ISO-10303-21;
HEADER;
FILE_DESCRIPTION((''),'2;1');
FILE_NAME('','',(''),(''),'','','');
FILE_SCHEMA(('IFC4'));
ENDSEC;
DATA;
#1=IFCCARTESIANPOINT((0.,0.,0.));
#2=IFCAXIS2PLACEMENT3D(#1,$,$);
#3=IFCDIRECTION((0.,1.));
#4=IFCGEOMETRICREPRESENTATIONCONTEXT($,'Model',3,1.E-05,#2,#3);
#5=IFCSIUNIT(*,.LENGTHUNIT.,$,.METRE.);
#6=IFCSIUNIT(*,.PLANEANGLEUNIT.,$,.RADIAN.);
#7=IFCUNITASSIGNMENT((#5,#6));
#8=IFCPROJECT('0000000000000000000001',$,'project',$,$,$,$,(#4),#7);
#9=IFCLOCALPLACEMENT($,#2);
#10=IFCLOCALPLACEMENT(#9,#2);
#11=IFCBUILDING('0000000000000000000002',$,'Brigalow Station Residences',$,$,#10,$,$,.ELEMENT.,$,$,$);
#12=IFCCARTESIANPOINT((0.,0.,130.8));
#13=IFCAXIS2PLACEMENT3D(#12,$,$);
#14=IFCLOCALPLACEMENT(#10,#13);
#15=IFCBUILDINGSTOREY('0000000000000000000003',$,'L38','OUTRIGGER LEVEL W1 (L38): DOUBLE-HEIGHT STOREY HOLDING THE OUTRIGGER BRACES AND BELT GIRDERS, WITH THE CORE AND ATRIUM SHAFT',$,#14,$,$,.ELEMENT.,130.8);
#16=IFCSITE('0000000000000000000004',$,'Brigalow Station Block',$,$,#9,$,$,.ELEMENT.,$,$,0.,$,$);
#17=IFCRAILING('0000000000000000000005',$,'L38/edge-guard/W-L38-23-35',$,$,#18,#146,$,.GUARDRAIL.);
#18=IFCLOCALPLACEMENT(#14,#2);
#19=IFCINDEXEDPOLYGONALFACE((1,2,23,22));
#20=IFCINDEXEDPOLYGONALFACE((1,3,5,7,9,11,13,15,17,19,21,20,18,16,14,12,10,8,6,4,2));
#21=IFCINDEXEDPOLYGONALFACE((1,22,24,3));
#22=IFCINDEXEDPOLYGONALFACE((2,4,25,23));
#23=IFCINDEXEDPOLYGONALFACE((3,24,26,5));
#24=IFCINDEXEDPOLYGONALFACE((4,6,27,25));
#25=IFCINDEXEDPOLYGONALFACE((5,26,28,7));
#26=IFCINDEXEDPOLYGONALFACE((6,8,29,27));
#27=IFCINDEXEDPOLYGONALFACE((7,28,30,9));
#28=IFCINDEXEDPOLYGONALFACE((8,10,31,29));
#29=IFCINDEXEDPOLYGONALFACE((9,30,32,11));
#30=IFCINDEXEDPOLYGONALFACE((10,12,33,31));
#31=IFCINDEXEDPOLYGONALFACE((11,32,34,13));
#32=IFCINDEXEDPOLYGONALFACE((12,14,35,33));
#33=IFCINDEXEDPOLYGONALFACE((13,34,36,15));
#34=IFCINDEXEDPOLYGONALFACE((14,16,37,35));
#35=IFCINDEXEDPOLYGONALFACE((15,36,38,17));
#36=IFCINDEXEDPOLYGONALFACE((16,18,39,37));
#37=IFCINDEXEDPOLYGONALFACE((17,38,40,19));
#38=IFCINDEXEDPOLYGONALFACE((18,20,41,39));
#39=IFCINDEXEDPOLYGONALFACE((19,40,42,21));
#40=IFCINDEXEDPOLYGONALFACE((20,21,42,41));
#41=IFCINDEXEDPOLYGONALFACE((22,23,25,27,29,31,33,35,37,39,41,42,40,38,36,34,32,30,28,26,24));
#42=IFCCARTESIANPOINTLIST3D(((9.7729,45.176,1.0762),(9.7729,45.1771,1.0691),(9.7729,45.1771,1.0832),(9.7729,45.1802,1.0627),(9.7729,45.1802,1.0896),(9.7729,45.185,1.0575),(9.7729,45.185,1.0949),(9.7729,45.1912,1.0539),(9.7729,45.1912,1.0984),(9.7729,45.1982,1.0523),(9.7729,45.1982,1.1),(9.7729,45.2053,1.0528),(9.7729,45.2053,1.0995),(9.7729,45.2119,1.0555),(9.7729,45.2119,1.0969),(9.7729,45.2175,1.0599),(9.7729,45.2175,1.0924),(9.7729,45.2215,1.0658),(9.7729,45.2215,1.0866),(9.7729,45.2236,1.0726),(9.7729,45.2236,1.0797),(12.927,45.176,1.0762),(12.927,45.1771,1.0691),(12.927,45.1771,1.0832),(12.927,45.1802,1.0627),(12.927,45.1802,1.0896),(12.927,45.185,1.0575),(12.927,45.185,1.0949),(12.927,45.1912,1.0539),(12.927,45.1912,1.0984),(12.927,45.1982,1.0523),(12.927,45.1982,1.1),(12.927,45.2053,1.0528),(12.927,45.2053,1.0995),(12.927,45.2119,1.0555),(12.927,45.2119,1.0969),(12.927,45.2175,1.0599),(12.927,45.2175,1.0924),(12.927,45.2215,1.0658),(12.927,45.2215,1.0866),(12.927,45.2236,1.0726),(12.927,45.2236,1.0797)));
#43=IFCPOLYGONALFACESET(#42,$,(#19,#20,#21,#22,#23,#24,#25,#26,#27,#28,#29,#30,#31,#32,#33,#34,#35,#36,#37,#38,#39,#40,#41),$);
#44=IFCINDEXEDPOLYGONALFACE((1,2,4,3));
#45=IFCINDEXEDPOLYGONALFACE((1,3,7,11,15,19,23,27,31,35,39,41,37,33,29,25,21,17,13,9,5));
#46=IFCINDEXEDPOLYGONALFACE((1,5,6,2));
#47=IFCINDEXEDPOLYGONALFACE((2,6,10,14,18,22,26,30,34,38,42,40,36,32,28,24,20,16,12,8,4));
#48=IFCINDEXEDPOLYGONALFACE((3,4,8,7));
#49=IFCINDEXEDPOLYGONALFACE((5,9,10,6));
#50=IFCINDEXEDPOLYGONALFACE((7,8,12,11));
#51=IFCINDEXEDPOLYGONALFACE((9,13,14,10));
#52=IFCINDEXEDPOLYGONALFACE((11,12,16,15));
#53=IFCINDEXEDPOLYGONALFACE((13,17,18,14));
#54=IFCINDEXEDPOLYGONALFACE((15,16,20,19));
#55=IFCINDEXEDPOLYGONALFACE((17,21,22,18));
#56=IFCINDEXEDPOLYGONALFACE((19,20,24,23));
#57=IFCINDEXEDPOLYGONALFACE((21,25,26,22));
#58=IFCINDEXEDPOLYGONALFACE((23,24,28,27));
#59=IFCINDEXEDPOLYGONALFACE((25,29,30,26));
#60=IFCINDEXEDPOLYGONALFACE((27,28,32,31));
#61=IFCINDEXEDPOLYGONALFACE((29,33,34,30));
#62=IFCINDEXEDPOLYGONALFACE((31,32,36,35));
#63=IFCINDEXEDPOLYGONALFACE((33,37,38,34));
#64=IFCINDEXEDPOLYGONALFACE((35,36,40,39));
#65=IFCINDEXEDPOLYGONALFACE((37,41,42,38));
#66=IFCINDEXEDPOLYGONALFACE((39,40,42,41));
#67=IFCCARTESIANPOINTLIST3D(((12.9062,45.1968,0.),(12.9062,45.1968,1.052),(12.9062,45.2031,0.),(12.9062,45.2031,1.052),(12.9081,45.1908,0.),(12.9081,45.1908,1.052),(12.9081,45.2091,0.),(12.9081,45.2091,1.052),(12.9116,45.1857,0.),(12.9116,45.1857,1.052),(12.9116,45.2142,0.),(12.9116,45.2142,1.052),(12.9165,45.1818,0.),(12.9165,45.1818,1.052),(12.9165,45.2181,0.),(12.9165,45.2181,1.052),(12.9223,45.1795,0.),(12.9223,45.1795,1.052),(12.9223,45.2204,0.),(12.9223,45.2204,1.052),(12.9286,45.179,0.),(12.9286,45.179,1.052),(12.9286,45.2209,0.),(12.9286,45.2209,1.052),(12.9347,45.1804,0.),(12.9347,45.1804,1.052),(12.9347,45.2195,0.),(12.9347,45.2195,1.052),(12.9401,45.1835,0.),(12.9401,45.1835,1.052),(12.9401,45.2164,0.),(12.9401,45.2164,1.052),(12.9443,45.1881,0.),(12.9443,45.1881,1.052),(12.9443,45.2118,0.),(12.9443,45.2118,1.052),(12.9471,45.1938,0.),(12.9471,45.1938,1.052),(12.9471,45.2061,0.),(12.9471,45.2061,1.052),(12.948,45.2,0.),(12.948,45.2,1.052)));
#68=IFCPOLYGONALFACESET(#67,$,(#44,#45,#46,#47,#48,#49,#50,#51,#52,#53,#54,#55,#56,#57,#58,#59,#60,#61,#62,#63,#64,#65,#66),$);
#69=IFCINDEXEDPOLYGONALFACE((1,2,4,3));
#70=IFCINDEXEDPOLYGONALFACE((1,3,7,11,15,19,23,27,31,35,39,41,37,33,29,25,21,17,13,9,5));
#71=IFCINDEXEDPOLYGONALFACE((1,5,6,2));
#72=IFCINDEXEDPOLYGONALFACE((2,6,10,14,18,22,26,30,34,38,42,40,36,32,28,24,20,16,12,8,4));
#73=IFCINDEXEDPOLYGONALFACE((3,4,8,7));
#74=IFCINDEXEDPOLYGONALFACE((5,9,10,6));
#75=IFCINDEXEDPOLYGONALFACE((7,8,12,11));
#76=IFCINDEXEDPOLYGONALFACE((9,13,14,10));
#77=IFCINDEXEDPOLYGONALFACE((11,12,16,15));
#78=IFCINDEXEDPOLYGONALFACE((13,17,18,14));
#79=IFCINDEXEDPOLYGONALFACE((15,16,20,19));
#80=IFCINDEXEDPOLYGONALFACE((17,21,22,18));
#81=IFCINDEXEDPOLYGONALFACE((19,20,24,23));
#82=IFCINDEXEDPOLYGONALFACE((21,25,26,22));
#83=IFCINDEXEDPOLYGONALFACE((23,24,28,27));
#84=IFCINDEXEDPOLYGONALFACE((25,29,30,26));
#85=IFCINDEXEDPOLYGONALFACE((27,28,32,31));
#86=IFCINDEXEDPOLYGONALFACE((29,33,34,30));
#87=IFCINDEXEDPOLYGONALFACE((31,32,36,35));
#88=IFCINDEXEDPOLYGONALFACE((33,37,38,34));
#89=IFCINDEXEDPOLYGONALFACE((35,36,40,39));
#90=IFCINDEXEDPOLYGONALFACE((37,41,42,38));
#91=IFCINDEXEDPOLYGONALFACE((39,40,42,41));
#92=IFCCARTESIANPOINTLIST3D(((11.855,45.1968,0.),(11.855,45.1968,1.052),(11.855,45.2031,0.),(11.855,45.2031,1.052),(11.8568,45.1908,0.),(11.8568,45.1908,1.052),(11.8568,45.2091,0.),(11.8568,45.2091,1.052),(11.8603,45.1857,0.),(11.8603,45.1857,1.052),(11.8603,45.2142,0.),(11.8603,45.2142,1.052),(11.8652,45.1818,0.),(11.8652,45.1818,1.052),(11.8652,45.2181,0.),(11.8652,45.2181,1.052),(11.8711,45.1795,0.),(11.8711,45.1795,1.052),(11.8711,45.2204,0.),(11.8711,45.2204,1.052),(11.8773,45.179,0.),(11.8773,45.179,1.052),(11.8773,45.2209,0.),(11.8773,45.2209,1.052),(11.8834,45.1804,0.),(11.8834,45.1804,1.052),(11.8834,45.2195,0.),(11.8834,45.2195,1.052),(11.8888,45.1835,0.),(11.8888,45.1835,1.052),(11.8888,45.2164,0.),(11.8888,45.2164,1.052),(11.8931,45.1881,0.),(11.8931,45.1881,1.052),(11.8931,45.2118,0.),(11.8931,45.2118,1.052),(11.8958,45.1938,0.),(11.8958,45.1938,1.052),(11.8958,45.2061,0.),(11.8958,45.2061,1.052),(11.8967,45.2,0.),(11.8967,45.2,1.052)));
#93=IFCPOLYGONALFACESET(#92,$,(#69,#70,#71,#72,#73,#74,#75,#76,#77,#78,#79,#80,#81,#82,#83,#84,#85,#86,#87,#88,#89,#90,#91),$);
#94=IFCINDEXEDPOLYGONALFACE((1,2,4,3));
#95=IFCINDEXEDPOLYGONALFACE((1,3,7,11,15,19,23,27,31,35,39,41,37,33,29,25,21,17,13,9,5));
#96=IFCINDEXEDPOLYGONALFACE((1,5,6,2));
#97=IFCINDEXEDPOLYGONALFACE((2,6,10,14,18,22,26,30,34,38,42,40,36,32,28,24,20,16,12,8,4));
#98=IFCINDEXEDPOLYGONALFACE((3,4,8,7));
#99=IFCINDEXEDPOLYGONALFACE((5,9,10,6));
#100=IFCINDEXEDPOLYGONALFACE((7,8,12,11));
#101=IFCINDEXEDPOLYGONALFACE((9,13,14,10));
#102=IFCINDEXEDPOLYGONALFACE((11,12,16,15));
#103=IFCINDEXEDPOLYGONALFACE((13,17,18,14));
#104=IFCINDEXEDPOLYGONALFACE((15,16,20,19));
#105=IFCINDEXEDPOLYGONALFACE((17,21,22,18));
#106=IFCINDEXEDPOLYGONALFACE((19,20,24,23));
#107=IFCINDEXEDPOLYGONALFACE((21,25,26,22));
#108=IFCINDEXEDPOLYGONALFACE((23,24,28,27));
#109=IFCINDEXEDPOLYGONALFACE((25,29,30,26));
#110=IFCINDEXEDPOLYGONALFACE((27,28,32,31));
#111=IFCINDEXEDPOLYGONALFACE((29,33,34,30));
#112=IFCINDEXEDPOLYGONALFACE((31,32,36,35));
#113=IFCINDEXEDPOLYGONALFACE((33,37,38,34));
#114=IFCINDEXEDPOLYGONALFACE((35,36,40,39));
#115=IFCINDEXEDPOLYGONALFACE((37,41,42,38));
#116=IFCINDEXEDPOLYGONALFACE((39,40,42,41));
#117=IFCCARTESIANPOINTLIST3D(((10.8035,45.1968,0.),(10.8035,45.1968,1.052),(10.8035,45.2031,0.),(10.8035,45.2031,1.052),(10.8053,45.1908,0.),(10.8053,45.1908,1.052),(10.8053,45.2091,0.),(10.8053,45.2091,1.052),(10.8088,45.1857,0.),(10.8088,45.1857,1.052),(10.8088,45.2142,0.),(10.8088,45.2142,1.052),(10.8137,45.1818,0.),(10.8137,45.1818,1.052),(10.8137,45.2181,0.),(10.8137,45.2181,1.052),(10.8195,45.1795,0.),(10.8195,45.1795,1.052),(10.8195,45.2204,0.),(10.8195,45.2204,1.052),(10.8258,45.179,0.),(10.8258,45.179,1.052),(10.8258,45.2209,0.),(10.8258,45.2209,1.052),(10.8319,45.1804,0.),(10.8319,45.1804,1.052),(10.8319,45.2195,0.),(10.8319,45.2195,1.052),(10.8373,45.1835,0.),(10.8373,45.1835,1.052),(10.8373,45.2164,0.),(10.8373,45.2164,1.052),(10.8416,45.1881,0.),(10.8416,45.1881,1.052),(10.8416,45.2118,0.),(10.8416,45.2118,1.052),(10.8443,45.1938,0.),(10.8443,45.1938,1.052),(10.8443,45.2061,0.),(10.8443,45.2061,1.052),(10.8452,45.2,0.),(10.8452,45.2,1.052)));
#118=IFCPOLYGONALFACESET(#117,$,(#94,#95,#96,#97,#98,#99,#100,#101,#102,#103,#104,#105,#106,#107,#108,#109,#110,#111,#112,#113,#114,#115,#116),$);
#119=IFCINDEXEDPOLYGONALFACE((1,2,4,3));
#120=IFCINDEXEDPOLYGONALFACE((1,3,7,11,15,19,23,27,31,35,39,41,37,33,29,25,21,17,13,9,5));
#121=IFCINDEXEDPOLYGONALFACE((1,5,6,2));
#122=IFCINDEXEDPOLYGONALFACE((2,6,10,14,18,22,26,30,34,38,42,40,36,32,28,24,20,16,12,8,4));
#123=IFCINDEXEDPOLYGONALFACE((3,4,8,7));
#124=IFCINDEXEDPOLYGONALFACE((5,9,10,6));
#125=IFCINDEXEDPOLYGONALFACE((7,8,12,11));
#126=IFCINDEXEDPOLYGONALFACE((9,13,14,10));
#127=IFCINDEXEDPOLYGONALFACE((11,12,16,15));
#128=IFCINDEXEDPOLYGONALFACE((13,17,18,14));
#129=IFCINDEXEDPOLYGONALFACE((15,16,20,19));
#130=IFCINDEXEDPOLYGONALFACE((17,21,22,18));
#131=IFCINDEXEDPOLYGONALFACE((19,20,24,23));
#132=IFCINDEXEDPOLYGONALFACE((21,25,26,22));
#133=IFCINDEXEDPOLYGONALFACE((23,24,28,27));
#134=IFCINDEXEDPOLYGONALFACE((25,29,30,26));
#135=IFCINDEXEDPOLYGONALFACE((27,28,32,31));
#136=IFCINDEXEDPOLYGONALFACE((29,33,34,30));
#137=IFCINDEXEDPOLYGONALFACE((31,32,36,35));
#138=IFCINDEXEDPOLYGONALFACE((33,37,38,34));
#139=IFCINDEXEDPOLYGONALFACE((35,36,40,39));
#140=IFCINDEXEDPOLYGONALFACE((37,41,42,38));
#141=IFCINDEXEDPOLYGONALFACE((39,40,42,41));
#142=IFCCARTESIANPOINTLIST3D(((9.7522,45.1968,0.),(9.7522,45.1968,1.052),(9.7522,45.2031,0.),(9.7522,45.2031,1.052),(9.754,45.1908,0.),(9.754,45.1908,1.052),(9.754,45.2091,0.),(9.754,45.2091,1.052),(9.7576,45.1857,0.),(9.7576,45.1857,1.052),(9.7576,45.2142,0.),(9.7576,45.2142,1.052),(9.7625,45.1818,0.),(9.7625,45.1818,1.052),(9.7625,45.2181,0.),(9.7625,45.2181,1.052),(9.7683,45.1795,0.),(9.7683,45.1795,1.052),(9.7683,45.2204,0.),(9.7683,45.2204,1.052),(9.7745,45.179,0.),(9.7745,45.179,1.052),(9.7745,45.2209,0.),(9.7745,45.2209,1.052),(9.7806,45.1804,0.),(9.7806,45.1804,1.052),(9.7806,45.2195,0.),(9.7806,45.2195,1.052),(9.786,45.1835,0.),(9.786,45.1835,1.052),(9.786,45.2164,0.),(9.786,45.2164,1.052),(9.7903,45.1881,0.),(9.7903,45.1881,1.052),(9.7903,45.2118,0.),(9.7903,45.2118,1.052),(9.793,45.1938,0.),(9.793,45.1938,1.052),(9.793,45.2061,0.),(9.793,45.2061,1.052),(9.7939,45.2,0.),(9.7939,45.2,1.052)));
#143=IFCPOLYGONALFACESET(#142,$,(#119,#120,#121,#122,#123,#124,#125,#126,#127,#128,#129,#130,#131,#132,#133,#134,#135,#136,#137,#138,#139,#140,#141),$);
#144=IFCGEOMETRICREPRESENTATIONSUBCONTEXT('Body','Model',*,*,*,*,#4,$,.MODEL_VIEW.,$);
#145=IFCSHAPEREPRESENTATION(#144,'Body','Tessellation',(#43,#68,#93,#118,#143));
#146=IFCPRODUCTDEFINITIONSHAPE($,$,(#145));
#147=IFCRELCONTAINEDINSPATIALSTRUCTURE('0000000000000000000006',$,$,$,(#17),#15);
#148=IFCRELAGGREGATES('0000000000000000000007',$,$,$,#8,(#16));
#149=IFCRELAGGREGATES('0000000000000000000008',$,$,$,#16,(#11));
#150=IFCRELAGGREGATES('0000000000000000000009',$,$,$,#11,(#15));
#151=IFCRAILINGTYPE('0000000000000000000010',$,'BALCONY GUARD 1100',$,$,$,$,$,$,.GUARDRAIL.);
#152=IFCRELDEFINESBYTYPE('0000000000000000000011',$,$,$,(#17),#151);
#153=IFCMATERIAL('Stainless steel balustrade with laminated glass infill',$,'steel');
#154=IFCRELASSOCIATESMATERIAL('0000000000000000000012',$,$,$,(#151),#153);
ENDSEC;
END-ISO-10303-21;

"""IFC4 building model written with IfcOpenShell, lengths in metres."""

from ifc_helpers import new_model, si_unit, direction, frame, origin, origin_2d, place, context, subcontext, project, spatial, circle, extrude, material, type_object, element, save


model = new_model("IFC4")

# Units and contexts
model_context = context("Model", 3, precision=1e-05, world=origin(), true_north=direction((0.0, 1.0)))
body_context = subcontext(model_context, "Body", "Model", "MODEL_VIEW")
ifc_project = project(units=[si_unit("LENGTHUNIT", "METRE"), si_unit("PLANEANGLEUNIT", "RADIAN")], contexts=[model_context])

# Site, building, storey
site_placement = place(None, origin())
site = spatial("IfcSite", under=ifc_project, at=site_placement, Name="Brigalow Station Block", CompositionType="ELEMENT", RefElevation=0.0)
building_placement = place(site_placement, origin())
building = spatial("IfcBuilding", under=site, at=building_placement, Name="Brigalow Station Residences", CompositionType="ELEMENT")
storey_placement = place(building_placement, frame((0.0, 0.0, 130.8)))
storey = spatial("IfcBuildingStorey", under=building, at=storey_placement, Name="L38", Description="OUTRIGGER LEVEL W1 (L38): DOUBLE-HEIGHT STOREY HOLDING THE OUTRIGGER BRACES AND BELT GIRDERS, WITH THE CORE AND ATRIUM SHAFT", CompositionType="ELEMENT", Elevation=130.8)

# Railing
ifc_material_1 = material(Name="Stainless steel balustrade with laminated glass infill", Category="steel")
railing_type_1 = type_object("IfcRailingType", Name="BALCONY GUARD 1100", PredefinedType="GUARDRAIL", material=ifc_material_1)
railing_1_placement = place(storey_placement, frame((12.927, 45.2, 0.0)))
element("IfcRailing", 1, at=railing_1_placement, inside=storey, type_object=railing_type_1, Name="L38/edge-guard/W-L38-23-35", PredefinedType="GUARDRAIL", context=body_context, shape_type="SweptSolid", body=[
    extrude(circle(Radius=0.0239, at=origin_2d()), frame((0.0, 0.0, 1.0762), z_axis=(-1.0, 0.0, 0.0), x_axis=(0.0, -1.0, 0.0)), (0.0, 0.0, 1.0), 3.1541),
    extrude(circle(Radius=0.021, at=origin_2d()), origin(), (0.0, 0.0, 1.0), 1.052),
    extrude(circle(Radius=0.021, at=origin_2d()), frame((-1.0513, 0.0, 0.0)), (0.0, 0.0, 1.0), 1.052),
    extrude(circle(Radius=0.021, at=origin_2d()), frame((-2.1028, 0.0, 0.0)), (0.0, 0.0, 1.0), 1.052),
    extrude(circle(Radius=0.021, at=origin_2d()), frame((-3.1541, 0.0, 0.0)), (0.0, 0.0, 1.0), 1.052),
])

save(model, "model.ifc")
